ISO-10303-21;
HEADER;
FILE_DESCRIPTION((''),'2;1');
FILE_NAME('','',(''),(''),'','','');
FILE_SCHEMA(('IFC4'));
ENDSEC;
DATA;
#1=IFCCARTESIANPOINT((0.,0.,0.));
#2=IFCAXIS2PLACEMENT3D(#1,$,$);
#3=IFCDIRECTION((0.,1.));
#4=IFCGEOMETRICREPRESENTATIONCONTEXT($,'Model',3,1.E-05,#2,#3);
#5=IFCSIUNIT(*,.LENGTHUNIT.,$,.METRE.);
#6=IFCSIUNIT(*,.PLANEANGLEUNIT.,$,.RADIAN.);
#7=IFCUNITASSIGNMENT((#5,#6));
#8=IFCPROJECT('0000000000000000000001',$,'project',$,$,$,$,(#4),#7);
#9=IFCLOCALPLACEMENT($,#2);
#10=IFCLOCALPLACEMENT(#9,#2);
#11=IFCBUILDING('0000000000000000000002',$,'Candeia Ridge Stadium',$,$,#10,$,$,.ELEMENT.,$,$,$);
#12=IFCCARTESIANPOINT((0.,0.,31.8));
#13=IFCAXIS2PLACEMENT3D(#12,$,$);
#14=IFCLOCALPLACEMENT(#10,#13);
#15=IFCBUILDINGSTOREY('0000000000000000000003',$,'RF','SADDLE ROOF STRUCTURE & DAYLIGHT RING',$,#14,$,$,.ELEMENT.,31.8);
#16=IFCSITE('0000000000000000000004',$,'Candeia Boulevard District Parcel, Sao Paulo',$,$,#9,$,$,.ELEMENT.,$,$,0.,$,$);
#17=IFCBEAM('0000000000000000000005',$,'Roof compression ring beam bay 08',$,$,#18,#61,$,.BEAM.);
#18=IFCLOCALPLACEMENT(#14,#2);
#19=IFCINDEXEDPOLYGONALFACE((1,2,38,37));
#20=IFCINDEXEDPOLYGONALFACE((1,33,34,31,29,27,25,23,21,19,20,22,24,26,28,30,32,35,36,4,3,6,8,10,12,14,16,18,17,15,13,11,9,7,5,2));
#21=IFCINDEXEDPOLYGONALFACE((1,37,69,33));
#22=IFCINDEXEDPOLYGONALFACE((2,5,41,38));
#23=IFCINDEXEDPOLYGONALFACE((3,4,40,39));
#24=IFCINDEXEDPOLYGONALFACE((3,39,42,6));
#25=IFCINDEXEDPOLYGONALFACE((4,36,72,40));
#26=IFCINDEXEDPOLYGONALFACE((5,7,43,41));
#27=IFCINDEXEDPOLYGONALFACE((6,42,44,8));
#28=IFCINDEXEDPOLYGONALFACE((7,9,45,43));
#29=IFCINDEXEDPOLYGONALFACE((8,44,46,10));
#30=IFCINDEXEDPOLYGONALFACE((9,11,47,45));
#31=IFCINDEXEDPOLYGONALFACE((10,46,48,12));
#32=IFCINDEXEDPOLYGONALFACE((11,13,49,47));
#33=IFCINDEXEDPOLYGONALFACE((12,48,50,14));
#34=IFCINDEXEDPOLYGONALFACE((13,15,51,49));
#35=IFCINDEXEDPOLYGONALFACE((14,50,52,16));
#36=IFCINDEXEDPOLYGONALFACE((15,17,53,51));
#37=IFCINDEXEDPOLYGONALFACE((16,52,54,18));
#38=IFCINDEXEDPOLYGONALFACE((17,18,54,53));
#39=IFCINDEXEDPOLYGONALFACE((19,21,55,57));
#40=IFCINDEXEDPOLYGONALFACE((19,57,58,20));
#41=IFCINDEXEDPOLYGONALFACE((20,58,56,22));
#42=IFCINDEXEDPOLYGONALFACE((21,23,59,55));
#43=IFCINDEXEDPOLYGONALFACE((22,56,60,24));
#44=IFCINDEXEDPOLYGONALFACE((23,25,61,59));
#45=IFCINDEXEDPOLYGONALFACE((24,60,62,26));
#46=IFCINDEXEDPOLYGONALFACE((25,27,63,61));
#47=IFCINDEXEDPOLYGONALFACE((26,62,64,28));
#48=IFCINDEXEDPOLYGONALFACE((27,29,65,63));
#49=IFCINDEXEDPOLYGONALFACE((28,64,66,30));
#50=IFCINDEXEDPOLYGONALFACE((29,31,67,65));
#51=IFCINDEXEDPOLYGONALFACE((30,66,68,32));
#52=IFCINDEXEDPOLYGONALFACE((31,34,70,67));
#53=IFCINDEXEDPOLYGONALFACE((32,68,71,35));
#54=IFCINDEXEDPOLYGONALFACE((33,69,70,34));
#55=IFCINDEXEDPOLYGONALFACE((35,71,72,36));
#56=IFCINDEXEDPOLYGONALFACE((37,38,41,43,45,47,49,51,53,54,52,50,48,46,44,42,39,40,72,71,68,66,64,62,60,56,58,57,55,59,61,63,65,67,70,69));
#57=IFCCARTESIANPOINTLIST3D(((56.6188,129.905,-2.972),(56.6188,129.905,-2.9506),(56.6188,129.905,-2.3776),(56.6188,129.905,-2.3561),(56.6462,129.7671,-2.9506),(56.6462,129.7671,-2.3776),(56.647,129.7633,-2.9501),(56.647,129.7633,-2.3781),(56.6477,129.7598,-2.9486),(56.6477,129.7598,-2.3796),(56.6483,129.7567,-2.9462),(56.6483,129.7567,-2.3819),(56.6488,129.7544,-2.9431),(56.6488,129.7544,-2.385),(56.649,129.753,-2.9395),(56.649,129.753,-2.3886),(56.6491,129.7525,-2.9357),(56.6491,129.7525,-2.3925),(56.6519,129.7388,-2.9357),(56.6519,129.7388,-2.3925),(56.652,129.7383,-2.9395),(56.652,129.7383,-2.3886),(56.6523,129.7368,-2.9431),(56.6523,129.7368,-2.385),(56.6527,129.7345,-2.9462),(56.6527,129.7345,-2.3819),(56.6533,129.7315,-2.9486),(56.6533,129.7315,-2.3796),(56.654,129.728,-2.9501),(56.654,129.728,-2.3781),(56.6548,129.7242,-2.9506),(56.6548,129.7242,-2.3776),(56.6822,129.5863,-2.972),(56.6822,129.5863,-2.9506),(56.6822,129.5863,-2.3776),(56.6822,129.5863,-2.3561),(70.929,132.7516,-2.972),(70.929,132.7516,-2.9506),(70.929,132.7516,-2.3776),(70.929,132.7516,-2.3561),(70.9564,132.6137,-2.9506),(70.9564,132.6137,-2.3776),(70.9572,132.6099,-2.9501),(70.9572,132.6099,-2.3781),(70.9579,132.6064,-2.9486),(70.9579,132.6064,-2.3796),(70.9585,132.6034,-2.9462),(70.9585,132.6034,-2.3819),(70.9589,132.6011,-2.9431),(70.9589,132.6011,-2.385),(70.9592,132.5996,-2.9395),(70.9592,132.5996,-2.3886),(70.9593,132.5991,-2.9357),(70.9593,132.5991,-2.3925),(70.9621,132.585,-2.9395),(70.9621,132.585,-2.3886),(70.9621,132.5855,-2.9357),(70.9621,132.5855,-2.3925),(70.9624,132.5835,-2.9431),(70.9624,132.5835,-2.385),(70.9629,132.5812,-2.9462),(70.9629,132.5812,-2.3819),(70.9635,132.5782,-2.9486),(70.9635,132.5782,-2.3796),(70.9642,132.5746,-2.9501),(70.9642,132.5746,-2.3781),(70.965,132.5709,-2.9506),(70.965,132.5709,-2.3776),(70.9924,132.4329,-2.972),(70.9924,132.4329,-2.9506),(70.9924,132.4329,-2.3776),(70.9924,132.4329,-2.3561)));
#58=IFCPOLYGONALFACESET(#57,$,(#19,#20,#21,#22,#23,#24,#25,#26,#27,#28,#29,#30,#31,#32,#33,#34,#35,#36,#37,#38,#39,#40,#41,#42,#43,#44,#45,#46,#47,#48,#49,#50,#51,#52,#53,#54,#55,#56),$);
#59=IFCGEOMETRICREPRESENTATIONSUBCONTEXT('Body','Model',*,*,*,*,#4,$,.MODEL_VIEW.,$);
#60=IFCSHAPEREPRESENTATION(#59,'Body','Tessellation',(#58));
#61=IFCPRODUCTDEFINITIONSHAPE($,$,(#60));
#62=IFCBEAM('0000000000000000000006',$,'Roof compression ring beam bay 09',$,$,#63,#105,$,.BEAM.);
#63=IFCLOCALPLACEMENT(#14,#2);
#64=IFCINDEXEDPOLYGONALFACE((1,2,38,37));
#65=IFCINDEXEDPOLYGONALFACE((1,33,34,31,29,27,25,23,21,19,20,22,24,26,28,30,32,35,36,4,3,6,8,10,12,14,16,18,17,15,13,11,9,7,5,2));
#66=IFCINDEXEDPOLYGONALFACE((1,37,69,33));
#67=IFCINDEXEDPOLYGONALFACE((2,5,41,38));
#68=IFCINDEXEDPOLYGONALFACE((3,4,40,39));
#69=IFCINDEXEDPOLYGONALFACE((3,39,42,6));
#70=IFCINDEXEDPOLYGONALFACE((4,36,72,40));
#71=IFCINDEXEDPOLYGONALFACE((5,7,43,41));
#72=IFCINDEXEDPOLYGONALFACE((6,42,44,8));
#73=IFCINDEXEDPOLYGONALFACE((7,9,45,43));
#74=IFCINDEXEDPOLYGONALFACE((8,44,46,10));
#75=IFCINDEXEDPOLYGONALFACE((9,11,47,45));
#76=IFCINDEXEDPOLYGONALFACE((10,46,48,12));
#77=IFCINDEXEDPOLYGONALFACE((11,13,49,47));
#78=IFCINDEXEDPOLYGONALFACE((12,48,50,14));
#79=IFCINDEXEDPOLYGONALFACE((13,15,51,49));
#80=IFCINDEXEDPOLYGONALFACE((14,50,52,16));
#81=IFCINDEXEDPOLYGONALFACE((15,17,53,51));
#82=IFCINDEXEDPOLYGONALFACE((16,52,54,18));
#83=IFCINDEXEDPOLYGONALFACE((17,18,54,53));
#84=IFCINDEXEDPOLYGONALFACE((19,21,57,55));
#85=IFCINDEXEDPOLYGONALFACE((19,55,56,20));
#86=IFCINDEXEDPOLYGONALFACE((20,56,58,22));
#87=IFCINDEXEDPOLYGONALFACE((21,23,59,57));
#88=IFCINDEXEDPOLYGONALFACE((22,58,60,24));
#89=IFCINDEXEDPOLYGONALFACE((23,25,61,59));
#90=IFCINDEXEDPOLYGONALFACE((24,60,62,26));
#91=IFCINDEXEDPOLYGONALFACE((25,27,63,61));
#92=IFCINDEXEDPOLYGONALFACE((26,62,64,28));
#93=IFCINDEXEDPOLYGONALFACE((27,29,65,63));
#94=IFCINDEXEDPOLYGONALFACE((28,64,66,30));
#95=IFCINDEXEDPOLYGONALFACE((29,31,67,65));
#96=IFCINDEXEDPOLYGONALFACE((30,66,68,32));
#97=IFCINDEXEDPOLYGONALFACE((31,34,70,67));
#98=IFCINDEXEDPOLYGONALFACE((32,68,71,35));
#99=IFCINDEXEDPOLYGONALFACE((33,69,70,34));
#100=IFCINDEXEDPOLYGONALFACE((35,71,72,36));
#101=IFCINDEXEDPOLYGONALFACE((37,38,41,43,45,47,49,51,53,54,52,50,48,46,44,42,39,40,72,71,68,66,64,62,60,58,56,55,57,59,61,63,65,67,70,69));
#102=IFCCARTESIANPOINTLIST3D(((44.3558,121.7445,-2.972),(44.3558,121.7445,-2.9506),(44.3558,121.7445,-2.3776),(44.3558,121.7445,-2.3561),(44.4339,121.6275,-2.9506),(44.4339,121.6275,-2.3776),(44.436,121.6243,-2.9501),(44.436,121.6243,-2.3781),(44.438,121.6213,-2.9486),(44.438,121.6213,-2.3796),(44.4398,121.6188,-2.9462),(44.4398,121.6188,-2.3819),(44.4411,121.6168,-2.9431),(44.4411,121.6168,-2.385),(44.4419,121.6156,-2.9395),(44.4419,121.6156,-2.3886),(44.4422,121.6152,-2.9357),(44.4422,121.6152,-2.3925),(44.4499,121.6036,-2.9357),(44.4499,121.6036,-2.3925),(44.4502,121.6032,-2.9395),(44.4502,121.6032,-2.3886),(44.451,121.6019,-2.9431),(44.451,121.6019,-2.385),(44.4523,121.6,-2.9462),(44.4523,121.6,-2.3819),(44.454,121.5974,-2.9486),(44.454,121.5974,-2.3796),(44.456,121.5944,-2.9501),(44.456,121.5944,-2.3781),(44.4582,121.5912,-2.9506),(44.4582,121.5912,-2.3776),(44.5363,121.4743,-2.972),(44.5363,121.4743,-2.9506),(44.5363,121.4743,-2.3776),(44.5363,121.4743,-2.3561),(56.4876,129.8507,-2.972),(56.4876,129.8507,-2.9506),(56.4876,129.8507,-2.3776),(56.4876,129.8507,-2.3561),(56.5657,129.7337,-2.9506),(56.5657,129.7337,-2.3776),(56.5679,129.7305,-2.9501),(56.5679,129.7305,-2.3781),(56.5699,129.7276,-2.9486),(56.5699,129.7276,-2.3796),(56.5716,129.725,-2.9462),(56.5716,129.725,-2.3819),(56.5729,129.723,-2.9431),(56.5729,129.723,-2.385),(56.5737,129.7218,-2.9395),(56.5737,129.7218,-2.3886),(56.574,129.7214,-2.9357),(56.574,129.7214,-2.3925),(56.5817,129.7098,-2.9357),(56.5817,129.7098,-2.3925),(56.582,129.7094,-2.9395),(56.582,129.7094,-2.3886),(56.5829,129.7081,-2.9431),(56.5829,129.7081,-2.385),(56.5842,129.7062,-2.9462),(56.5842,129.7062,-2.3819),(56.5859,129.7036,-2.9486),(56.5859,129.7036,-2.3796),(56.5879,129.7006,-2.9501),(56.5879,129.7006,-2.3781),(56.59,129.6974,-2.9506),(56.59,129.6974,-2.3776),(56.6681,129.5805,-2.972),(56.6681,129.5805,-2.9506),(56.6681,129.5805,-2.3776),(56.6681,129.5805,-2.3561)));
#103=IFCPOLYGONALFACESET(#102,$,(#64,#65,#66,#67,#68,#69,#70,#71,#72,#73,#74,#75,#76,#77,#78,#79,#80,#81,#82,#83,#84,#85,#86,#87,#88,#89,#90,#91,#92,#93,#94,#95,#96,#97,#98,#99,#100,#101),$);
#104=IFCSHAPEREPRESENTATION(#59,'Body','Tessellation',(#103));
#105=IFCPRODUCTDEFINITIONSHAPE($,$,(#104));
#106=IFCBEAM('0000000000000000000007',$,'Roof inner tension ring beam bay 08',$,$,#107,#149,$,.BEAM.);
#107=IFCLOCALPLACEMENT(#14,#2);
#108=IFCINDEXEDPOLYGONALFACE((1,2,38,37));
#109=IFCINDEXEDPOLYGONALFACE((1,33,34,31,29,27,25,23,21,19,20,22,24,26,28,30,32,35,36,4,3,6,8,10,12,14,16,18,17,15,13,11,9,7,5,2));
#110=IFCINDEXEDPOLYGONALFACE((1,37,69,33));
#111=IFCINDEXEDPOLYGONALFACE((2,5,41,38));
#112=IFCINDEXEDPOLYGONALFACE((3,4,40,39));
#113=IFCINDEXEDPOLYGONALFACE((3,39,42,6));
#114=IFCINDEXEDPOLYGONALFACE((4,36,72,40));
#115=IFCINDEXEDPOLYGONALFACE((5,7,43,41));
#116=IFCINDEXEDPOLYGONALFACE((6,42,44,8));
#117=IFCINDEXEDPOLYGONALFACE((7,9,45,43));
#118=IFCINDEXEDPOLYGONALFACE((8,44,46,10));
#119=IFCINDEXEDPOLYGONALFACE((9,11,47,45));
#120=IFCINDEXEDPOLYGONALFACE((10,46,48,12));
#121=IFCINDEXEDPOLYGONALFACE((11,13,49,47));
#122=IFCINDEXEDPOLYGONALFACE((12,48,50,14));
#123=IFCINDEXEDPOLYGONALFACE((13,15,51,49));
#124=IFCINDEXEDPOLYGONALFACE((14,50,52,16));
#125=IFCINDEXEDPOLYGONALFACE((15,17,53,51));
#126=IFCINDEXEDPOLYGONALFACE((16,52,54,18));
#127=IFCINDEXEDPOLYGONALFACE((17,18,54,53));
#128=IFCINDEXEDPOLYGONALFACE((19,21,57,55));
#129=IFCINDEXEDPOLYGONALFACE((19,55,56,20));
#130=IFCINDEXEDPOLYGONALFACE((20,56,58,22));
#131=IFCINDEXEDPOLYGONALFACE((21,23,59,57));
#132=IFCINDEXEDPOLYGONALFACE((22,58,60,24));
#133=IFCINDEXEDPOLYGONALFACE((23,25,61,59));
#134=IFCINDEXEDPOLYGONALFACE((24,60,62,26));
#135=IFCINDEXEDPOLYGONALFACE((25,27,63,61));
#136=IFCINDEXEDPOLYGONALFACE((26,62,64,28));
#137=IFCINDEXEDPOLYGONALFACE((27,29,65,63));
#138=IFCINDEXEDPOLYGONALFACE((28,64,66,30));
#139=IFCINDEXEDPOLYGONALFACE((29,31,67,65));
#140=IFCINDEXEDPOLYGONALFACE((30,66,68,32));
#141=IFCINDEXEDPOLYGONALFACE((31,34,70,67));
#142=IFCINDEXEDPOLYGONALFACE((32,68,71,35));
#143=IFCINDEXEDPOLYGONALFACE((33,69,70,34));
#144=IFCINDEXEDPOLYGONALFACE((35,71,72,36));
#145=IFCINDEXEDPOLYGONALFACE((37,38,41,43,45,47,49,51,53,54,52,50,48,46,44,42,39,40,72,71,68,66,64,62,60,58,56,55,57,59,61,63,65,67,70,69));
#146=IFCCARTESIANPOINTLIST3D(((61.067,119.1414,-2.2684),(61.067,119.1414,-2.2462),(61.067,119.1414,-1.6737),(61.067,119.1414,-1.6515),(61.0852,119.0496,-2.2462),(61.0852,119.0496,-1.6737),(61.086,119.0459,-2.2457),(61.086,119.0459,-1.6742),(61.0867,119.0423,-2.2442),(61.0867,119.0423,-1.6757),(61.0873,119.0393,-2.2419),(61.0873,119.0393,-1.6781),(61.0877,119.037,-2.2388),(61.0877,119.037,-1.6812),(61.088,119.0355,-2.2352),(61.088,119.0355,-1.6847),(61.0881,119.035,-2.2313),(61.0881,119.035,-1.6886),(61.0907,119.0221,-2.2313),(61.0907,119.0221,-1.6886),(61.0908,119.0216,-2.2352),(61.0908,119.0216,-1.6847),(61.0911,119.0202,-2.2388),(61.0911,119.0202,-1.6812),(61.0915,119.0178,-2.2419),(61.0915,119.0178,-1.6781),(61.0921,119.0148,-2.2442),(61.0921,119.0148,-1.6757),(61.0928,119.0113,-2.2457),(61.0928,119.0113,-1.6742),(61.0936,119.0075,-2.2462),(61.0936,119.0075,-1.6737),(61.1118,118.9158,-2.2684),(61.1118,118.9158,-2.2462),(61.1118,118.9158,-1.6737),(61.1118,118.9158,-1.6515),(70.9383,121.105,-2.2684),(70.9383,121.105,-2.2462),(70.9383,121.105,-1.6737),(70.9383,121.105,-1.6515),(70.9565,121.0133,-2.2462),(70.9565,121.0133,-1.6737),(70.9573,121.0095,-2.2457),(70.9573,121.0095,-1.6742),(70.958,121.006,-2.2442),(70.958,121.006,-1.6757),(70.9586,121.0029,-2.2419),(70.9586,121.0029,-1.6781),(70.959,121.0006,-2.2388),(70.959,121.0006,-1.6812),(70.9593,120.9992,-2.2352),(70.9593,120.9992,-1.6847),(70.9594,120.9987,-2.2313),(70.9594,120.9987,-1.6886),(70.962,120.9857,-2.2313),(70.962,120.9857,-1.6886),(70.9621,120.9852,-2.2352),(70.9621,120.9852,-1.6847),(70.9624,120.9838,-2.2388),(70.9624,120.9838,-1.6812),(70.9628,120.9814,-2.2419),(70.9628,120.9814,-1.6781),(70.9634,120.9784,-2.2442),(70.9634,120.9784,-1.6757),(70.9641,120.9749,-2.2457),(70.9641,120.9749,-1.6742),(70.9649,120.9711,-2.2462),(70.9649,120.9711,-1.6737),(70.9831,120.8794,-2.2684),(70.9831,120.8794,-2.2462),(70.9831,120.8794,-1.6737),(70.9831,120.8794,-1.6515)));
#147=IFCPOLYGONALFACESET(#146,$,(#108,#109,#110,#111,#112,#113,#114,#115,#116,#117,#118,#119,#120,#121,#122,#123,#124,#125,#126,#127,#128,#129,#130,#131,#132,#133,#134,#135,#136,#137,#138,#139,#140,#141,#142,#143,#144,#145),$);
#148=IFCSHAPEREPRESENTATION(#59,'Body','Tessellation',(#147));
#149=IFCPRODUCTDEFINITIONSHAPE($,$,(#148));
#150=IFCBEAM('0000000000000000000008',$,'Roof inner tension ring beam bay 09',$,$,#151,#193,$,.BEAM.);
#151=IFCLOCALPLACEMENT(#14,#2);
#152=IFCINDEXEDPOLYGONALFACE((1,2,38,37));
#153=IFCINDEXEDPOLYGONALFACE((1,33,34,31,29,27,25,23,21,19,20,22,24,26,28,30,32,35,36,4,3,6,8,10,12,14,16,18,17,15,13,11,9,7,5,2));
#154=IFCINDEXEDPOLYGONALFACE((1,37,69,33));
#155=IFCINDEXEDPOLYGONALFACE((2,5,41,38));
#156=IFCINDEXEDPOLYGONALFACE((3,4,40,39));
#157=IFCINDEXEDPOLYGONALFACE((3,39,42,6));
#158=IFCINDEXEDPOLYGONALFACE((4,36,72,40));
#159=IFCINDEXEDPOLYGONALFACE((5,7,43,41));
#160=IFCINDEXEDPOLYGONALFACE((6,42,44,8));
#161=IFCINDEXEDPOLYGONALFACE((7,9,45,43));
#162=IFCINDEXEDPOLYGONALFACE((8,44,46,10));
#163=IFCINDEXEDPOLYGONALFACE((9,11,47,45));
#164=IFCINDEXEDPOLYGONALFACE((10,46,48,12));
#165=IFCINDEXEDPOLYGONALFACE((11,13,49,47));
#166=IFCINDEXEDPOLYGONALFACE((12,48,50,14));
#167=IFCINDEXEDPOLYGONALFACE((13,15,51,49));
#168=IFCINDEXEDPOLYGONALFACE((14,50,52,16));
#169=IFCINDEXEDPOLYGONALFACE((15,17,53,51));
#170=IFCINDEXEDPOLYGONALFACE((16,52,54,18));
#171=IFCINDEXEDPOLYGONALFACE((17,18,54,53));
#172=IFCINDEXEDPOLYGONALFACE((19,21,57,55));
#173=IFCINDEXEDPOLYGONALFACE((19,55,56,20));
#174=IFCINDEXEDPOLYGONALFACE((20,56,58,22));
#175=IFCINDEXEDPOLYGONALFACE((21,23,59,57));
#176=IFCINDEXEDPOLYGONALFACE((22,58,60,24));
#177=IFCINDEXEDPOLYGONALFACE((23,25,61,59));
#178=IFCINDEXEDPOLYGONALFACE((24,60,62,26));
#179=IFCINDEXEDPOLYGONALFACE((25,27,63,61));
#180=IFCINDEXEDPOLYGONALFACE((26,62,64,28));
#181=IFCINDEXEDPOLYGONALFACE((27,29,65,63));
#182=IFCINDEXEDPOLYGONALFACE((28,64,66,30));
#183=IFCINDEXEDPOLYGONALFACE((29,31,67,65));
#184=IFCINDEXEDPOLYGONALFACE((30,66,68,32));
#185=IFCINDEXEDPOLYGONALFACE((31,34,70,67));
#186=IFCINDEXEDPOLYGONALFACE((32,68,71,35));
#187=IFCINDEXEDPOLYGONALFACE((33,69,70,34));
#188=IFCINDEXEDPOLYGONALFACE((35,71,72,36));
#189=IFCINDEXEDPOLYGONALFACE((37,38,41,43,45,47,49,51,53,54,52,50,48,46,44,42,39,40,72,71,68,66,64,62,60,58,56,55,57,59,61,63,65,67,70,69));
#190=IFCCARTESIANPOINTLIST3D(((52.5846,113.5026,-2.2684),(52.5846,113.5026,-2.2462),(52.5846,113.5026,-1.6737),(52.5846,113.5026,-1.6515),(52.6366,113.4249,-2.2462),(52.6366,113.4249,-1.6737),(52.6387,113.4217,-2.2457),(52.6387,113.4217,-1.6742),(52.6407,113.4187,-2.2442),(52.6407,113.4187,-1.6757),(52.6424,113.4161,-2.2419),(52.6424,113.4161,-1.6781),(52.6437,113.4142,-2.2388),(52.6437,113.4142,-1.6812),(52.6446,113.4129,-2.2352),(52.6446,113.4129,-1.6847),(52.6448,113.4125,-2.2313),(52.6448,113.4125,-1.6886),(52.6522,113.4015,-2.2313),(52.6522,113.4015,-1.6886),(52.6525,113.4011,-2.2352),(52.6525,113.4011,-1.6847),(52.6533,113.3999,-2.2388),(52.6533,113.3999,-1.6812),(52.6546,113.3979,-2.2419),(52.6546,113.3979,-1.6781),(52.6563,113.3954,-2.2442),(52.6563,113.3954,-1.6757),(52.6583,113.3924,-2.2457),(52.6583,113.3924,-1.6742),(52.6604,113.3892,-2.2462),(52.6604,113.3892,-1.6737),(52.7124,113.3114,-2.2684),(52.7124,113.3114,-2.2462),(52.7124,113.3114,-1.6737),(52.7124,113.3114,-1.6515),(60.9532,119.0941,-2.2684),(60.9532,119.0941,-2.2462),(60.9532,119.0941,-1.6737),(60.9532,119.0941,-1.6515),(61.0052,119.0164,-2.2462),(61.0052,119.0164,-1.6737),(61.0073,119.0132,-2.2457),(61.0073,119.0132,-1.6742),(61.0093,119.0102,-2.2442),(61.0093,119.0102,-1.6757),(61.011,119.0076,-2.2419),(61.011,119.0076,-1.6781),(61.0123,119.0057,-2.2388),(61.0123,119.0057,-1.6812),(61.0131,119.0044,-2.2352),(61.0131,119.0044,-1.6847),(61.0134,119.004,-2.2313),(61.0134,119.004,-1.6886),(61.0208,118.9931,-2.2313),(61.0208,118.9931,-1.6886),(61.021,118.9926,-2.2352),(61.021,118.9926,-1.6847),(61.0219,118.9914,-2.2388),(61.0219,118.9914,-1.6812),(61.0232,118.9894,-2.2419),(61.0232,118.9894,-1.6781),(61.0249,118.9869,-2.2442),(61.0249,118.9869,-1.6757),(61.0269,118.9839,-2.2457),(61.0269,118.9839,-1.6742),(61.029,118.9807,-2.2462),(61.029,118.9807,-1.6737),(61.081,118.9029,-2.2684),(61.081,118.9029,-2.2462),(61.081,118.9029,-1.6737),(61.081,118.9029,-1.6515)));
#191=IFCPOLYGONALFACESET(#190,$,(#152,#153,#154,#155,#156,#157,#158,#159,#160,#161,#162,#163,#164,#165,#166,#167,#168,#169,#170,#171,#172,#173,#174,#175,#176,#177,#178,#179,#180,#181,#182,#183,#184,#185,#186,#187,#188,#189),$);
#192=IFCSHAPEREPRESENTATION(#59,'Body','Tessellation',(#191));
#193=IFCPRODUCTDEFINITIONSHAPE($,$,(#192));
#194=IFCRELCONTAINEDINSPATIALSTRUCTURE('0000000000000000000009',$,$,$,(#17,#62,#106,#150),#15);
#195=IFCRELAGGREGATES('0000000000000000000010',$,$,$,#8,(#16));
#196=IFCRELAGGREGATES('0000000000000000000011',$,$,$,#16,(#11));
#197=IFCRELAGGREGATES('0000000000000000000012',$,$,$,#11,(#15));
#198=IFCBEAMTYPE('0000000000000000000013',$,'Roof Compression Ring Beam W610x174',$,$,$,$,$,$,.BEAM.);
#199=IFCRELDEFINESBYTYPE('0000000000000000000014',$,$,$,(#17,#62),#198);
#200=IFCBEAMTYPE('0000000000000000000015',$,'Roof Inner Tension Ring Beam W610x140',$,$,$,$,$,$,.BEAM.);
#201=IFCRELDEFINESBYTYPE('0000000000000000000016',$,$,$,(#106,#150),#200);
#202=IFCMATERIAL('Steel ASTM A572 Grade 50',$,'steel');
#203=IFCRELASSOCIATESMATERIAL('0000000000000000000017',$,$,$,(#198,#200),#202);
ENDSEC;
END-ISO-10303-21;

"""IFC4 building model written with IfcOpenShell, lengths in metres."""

from ifc_helpers import new_model, si_unit, direction, frame, origin, origin_2d, place, context, subcontext, project, spatial, i_section, extrude, material, material_profile, profile_set, type_object, element, save


model = new_model("IFC4")

# Units and contexts
model_context = context("Model", 3, precision=1e-05, world=origin(), true_north=direction((0.0, 1.0)))
body_context = subcontext(model_context, "Body", "Model", "MODEL_VIEW")
ifc_project = project(units=[si_unit("LENGTHUNIT", "METRE"), si_unit("PLANEANGLEUNIT", "RADIAN")], contexts=[model_context])

# Site, building, storey
site_placement = place(None, origin())
site = spatial("IfcSite", under=ifc_project, at=site_placement, Name="Candeia Boulevard District Parcel, Sao Paulo", CompositionType="ELEMENT", RefElevation=0.0)
building_placement = place(site_placement, origin())
building = spatial("IfcBuilding", under=site, at=building_placement, Name="Candeia Ridge Stadium", CompositionType="ELEMENT")
storey_placement = place(building_placement, frame((0.0, 0.0, 31.8)))
storey = spatial("IfcBuildingStorey", under=building, at=storey_placement, Name="RF", Description="SADDLE ROOF STRUCTURE & DAYLIGHT RING", CompositionType="ELEMENT", Elevation=31.8)

# Beams
ifc_material_1 = material(Name="Steel ASTM A572 Grade 50", Category="steel")
ifc_material_profile_1 = material_profile(ifc_material_1, i_section(OverallWidth=0.325, OverallDepth=0.616, WebThickness=0.0139, FlangeThickness=0.0215, FilletRadius=0.0149, at=origin_2d()), Name="W610x174", Category="steel")
ifc_profile_set_1 = profile_set([ifc_material_profile_1], Name="Steel ASTM A572 Grade 50")
beam_type_1 = type_object("IfcBeamType", Name="Roof Compression Ring Beam W610x174", PredefinedType="BEAM", material=ifc_profile_set_1)
beam_1_placement = place(storey_placement, frame((70.9607, 132.5923, -2.6641), z_axis=(-0.980783, -0.195102, 0.0), x_axis=(0.195102, -0.980783, 0.0)))
element("IfcBeam", 1, at=beam_1_placement, inside=storey, type_object=beam_type_1, Name="Roof compression ring beam bay 08", PredefinedType="BEAM", context=body_context, shape_type="SweptSolid", body=[
    extrude(i_section(OverallWidth=0.325, OverallDepth=0.616, WebThickness=0.0139, FlangeThickness=0.0215, FilletRadius=0.0149, at=origin_2d()), origin(), (0.0, 0.0, 1.0), 14.5906),
])
beam_2_placement = place(storey_placement, frame((56.5779, 129.7156, -2.6641), z_axis=(-0.831471, -0.555569, 0.0), x_axis=(0.555569, -0.831471, 0.0)))
element("IfcBeam", 2, at=beam_2_placement, inside=storey, type_object=beam_type_1, Name="Roof compression ring beam bay 09", PredefinedType="BEAM", context=body_context, shape_type="SweptSolid", body=[
    extrude(i_section(OverallWidth=0.325, OverallDepth=0.616, WebThickness=0.0139, FlangeThickness=0.0215, FilletRadius=0.0149, at=origin_2d()), origin(), (0.0, 0.0, 1.0), 14.5908),
])
ifc_material_profile_2 = material_profile(ifc_material_1, i_section(OverallWidth=0.23, OverallDepth=0.6169, WebThickness=0.0132, FlangeThickness=0.0222, FilletRadius=0.0149, at=origin_2d()), Name="W610x140", Category="steel")
ifc_profile_set_2 = profile_set([ifc_material_profile_2], Name="Steel ASTM A572 Grade 50")
beam_type_2 = type_object("IfcBeamType", Name="Roof Inner Tension Ring Beam W610x140", PredefinedType="BEAM", material=ifc_profile_set_2)
for number, where, z_axis, x_axis, name in (
    (3, (70.9607, 120.9922, -1.96), (-0.980784, -0.195099, 0.0), (0.195099, -0.980784, 0.0), "Roof inner tension ring beam bay 08"),
    (4, (61.0171, 118.9985, -1.96), (-0.831479, -0.555556, 0.0), (0.555556, -0.831479, 0.0), "Roof inner tension ring beam bay 09"),
):
    element("IfcBeam", number, at=place(storey_placement, frame(where, z_axis=z_axis, x_axis=x_axis)), inside=storey, type_object=beam_type_2, Name=name, PredefinedType="BEAM", context=body_context, shape_type="SweptSolid", body=[
        extrude(i_section(OverallWidth=0.23, OverallDepth=0.6169, WebThickness=0.0132, FlangeThickness=0.0222, FilletRadius=0.0149, at=origin_2d()), origin(), (0.0, 0.0, 1.0), 10.0647),
    ])

save(model, "model.ifc")
